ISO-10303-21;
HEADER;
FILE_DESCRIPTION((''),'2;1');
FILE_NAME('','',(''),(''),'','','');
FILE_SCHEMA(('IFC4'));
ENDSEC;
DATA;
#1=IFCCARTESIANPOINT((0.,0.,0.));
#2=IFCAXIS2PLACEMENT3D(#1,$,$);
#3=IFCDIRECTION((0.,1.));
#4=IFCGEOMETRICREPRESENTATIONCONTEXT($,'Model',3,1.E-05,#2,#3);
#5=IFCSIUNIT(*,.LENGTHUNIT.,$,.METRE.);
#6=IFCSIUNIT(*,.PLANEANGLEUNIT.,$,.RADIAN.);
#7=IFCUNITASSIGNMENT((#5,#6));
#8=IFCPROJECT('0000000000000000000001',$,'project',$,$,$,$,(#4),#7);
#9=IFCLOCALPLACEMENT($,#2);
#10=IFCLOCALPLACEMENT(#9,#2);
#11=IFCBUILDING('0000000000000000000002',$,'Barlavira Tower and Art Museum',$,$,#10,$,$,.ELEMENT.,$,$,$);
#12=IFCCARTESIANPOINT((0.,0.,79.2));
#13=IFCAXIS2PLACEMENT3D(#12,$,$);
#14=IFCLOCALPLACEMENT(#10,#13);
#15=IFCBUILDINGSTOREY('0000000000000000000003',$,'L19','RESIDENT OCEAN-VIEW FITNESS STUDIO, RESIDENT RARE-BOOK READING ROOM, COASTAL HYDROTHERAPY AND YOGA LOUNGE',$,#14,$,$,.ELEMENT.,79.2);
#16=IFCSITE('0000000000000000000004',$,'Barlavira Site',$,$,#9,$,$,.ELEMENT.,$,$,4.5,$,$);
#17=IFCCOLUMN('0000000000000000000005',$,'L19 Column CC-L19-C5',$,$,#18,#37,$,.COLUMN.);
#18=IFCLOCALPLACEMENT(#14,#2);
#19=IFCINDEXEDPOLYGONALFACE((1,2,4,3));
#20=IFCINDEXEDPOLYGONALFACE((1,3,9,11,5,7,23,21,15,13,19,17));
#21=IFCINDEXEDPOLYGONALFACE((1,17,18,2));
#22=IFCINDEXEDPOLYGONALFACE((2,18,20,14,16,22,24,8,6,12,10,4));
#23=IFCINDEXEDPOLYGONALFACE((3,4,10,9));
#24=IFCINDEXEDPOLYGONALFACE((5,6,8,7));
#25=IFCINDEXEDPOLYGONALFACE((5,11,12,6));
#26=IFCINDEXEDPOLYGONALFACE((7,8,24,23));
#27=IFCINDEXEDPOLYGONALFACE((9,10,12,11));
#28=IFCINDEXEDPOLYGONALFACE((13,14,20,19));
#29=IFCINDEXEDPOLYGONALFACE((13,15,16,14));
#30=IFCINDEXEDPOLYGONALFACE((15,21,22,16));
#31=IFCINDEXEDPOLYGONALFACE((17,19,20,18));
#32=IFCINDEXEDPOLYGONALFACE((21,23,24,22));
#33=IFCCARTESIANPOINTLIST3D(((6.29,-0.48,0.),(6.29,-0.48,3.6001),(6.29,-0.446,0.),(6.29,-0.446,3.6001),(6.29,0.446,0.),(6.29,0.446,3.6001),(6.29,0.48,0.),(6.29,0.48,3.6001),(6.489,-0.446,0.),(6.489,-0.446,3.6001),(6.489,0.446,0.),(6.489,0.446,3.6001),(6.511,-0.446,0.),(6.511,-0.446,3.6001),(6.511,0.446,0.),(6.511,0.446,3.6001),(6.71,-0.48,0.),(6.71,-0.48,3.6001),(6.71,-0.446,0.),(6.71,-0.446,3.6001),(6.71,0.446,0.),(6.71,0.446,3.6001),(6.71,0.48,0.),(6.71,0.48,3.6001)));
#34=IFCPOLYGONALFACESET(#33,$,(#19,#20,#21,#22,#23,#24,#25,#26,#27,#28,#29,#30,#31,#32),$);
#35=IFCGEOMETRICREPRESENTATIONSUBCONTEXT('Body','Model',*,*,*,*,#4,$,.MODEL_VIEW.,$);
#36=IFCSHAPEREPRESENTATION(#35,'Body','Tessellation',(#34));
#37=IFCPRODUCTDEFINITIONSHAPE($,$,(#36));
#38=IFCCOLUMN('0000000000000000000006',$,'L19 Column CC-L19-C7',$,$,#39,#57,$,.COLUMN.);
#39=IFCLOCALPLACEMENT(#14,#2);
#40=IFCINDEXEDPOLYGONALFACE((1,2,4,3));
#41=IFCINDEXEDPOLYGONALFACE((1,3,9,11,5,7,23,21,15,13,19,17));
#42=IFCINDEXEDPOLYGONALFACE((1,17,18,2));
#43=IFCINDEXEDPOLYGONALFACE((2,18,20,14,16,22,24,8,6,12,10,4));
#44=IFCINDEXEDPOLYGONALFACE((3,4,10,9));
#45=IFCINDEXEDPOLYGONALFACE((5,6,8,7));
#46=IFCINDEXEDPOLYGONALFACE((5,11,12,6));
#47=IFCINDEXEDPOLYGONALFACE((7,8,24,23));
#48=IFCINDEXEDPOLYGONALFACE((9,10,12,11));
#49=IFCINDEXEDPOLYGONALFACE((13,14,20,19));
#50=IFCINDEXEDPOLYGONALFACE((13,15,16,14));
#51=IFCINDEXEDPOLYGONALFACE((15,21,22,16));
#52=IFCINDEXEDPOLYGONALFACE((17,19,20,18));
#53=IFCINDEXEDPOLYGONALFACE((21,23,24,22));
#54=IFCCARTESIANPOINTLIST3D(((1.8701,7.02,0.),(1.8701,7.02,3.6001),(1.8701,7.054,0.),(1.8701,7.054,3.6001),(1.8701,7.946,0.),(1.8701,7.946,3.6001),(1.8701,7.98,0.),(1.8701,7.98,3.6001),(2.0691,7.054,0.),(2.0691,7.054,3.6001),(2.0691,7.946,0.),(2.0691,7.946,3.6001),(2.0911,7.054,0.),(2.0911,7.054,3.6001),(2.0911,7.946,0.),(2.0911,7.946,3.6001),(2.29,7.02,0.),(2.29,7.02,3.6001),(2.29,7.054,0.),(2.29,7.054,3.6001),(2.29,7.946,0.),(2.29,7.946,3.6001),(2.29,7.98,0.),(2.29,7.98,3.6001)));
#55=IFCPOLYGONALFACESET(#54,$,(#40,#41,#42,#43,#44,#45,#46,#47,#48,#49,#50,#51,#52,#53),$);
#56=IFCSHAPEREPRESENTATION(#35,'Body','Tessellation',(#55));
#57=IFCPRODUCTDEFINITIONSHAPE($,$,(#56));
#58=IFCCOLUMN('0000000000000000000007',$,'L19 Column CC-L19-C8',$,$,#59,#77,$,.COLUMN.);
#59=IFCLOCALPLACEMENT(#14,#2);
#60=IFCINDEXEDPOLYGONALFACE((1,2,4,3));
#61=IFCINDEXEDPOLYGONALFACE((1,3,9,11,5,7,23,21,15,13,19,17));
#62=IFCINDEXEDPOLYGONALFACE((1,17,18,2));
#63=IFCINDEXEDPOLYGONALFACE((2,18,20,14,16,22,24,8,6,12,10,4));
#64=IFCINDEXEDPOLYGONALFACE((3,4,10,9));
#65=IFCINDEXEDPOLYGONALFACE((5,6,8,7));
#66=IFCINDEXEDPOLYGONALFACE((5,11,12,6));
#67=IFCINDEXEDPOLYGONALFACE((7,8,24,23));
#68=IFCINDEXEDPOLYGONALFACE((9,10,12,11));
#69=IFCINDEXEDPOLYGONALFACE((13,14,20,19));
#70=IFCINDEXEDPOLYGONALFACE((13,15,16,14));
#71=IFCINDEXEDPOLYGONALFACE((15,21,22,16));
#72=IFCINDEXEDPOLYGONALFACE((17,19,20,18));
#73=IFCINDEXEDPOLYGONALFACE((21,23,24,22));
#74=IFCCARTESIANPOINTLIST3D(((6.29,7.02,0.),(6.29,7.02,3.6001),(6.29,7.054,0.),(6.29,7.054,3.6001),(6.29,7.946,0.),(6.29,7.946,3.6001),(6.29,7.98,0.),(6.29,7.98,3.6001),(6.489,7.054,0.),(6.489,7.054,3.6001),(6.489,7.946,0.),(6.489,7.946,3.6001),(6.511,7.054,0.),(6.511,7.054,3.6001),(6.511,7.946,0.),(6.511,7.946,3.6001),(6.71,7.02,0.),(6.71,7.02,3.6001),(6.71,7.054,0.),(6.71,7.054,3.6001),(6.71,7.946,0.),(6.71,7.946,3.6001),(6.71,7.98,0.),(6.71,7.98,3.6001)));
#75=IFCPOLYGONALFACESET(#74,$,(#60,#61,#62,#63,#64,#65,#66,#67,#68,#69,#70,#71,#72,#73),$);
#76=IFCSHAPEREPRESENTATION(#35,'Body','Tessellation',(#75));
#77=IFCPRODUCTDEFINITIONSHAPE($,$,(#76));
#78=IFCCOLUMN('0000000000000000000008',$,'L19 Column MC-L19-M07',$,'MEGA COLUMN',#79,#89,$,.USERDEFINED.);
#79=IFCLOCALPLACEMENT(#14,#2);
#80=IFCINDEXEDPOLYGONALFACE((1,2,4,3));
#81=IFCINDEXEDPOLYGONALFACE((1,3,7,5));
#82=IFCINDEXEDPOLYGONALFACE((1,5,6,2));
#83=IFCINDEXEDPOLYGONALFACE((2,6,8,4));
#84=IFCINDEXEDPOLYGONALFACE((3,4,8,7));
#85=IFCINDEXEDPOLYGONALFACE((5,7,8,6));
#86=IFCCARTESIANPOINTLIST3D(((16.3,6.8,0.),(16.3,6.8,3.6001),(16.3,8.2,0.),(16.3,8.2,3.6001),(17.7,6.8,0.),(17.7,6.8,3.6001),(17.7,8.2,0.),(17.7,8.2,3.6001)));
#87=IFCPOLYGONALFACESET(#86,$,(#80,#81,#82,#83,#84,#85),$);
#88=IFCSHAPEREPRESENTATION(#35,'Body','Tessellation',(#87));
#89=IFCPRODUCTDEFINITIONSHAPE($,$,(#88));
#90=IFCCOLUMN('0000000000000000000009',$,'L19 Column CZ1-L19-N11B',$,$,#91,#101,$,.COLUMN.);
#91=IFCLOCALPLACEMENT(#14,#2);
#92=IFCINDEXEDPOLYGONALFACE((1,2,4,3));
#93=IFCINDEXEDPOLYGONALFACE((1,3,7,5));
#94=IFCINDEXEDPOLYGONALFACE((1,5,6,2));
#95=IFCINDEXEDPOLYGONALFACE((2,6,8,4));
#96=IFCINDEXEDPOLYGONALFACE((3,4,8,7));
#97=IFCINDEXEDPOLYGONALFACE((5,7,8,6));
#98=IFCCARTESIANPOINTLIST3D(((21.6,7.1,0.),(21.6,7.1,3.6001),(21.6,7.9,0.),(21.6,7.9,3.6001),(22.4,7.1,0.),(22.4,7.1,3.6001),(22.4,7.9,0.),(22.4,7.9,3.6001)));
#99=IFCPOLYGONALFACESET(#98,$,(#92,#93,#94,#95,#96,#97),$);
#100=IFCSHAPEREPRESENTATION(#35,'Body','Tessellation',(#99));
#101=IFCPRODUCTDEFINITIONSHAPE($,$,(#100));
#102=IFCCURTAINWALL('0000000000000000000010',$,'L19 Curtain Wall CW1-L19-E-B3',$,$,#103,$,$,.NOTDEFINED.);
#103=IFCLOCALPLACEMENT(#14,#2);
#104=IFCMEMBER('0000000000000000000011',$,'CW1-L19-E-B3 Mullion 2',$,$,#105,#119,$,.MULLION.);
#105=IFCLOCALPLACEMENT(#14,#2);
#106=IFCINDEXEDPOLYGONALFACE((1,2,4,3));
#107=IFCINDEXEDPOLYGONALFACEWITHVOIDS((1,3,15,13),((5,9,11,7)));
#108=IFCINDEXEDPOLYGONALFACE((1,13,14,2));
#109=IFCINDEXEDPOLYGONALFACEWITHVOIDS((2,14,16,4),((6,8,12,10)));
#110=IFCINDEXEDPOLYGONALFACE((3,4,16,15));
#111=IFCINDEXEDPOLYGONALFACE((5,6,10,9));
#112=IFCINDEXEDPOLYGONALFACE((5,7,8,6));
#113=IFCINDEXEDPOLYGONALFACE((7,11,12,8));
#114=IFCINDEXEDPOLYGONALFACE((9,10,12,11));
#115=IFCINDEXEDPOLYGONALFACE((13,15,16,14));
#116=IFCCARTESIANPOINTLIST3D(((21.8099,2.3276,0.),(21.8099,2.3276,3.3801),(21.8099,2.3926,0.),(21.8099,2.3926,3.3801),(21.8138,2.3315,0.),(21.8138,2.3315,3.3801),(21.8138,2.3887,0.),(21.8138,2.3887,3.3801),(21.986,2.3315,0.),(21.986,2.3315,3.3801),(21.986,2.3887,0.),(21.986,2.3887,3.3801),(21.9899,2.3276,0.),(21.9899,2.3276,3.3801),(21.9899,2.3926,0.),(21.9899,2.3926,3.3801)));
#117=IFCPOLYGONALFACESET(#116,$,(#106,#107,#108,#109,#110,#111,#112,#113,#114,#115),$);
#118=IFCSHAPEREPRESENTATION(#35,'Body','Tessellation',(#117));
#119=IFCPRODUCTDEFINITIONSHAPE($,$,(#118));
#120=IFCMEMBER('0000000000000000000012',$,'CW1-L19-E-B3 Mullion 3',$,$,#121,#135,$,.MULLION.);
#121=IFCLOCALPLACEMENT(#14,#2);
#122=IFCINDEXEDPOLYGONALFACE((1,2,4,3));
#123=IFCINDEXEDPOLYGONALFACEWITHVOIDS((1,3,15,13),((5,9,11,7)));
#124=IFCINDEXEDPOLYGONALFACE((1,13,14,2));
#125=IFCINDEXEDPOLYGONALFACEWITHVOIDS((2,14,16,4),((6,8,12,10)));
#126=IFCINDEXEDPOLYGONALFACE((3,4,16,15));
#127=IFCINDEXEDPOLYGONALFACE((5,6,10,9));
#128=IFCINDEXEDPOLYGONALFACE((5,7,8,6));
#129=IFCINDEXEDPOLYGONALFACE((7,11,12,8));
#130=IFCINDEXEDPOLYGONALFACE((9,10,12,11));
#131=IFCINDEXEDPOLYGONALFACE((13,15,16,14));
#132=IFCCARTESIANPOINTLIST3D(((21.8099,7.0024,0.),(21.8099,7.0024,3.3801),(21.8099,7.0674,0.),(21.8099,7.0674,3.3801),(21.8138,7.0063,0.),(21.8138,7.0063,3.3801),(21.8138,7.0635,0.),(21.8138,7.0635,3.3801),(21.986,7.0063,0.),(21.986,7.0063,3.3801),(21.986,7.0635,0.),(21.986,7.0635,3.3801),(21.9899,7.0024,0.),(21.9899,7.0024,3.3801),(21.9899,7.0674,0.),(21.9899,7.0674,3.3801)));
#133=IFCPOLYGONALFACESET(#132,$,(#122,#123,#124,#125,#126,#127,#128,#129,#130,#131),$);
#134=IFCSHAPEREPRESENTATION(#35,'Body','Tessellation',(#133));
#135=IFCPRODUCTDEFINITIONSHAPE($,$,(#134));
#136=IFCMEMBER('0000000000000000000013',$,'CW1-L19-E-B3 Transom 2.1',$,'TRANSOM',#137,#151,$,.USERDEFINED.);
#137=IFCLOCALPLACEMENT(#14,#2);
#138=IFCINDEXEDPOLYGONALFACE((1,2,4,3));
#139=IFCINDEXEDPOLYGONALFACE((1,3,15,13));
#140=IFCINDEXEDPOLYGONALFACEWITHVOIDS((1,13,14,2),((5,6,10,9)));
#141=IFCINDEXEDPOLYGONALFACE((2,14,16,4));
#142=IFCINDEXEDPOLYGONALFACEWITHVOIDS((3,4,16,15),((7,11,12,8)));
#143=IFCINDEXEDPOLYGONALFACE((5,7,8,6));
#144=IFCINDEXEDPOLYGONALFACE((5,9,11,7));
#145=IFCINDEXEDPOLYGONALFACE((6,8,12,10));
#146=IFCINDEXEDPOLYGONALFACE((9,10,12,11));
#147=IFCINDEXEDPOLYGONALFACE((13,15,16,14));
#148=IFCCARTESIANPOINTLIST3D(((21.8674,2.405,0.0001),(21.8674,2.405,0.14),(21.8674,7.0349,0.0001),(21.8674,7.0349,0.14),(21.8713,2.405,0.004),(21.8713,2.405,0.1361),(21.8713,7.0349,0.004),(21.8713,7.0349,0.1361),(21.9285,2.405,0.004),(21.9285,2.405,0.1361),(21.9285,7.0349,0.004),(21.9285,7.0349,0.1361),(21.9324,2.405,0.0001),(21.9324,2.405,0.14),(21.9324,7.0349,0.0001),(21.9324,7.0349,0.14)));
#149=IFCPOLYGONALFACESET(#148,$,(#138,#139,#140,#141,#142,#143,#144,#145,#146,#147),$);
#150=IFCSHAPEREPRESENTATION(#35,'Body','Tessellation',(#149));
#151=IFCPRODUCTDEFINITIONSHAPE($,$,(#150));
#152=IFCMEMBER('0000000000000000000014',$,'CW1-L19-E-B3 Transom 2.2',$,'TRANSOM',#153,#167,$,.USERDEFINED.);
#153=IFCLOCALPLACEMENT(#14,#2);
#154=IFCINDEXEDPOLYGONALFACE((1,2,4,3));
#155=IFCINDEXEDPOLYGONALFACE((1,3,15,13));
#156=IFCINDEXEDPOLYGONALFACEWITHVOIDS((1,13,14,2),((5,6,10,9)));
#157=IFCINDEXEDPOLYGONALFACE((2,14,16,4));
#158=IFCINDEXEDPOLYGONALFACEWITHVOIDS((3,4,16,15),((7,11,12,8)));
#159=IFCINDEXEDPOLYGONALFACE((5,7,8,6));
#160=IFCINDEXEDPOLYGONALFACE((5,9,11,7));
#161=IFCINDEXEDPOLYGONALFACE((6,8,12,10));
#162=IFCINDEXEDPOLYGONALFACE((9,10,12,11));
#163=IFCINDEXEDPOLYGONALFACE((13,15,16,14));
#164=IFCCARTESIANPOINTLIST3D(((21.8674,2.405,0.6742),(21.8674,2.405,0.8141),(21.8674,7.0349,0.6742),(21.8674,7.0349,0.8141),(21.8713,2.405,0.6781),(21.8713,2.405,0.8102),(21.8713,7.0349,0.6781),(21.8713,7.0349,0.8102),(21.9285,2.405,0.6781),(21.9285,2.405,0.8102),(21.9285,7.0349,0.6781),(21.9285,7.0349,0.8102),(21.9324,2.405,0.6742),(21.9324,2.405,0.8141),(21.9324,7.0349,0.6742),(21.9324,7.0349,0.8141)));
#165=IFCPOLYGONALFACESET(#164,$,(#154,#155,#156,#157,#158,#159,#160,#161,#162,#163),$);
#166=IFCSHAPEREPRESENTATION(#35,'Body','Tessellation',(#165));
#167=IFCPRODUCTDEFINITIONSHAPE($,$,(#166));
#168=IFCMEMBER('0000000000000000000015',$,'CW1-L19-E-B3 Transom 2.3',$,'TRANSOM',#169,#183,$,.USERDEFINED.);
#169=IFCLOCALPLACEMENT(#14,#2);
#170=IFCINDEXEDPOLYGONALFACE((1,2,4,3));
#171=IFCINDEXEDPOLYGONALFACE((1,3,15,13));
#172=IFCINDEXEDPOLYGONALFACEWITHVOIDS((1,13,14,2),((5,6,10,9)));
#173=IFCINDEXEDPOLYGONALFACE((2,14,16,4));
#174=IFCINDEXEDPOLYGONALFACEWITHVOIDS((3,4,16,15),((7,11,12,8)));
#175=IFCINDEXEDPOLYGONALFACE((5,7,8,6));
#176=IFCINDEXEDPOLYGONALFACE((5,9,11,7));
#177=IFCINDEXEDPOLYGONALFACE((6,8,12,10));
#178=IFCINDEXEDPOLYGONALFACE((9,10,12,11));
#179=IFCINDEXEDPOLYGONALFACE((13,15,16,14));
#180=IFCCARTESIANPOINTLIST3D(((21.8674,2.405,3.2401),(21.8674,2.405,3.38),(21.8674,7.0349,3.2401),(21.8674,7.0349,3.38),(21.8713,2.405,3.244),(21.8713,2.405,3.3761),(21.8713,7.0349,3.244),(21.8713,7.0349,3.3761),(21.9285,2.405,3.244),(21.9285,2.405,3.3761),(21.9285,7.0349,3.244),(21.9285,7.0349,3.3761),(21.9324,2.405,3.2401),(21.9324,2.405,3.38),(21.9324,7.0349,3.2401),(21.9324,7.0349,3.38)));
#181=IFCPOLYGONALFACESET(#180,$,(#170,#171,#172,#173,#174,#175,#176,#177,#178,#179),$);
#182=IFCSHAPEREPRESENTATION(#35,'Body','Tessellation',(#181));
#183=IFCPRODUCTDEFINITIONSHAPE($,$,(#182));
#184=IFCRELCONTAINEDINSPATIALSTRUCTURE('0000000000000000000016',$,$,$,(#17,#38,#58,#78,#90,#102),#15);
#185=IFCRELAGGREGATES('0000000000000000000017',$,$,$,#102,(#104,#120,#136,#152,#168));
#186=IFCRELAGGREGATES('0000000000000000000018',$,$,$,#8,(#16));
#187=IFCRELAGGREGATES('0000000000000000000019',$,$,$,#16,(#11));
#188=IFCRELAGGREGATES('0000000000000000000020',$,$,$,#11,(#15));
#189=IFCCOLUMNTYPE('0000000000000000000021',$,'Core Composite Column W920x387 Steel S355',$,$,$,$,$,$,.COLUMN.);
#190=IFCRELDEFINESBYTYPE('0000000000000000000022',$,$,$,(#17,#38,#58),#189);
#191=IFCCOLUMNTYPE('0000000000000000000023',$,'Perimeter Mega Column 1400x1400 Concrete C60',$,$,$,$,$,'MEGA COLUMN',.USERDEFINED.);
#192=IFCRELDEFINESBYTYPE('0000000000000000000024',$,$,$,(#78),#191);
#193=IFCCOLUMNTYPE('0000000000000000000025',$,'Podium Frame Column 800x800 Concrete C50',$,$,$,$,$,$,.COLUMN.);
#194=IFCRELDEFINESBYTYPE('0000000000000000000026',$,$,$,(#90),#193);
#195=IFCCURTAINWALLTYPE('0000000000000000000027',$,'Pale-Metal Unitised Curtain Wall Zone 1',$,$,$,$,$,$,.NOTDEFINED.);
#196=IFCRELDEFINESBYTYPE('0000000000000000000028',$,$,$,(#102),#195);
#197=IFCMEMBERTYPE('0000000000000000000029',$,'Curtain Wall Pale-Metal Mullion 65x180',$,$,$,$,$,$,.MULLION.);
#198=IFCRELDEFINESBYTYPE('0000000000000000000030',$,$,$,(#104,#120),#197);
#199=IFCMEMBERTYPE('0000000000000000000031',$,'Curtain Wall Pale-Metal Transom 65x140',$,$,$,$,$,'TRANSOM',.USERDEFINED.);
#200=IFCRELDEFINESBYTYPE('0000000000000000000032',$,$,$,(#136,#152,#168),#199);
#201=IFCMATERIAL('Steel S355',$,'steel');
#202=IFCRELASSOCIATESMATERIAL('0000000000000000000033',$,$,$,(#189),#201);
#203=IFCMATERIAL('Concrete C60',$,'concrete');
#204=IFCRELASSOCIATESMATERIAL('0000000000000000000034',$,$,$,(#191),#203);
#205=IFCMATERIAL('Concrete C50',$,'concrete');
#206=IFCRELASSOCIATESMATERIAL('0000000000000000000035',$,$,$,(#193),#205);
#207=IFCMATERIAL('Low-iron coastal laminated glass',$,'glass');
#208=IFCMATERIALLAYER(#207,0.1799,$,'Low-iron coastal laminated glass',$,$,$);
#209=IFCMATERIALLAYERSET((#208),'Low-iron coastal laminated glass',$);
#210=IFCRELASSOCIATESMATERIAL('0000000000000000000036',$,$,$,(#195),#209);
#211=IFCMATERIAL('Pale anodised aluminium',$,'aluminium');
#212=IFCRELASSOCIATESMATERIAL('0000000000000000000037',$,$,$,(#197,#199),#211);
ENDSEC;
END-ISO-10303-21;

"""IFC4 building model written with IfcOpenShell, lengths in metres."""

from ifc_helpers import new_model, si_unit, direction, frame, origin, origin_2d, place, context, subcontext, project, spatial, rectangle, hollow_rectangle, i_section, extrude, material, layer, layer_set, material_profile, profile_set, type_object, element, aggregate, save


model = new_model("IFC4")

# Units and contexts
model_context = context("Model", 3, precision=1e-05, world=origin(), true_north=direction((0.0, 1.0)))
body_context = subcontext(model_context, "Body", "Model", "MODEL_VIEW")
ifc_project = project(units=[si_unit("LENGTHUNIT", "METRE"), si_unit("PLANEANGLEUNIT", "RADIAN")], contexts=[model_context])

# Site, building, storey
site_placement = place(None, origin())
site = spatial("IfcSite", under=ifc_project, at=site_placement, Name="Barlavira Site", CompositionType="ELEMENT", RefElevation=4.5)
building_placement = place(site_placement, origin())
building = spatial("IfcBuilding", under=site, at=building_placement, Name="Barlavira Tower and Art Museum", CompositionType="ELEMENT")
storey_placement = place(building_placement, frame((0.0, 0.0, 79.2)))
storey = spatial("IfcBuildingStorey", under=building, at=storey_placement, Name="L19", Description="RESIDENT OCEAN-VIEW FITNESS STUDIO, RESIDENT RARE-BOOK READING ROOM, COASTAL HYDROTHERAPY AND YOGA LOUNGE", CompositionType="ELEMENT", Elevation=79.2)

# Columns
ifc_material_1 = material(Name="Steel S355", Category="steel")
ifc_material_profile_1 = material_profile(ifc_material_1, i_section(OverallWidth=0.4199, OverallDepth=0.96, WebThickness=0.022, FlangeThickness=0.0339, at=origin_2d()), Name="W920x387.0")
ifc_profile_set_1 = profile_set([ifc_material_profile_1], Name="Steel S355")
column_type_1 = type_object("IfcColumnType", Name="Core Composite Column W920x387 Steel S355", PredefinedType="COLUMN", material=ifc_profile_set_1)
for number, where, z_axis, x_axis, name in (
    (1, (6.5, 0.0, 0.0), (0.0, 0.0, 1.0), (1.0, 0.0, 0.0), "L19 Column CC-L19-C5"),
    (2, (2.0801, 7.5, 0.0), (0.0, 0.0, 1.0), (1.0, 0.0, 0.0), "L19 Column CC-L19-C7"),
    (3, (6.5, 7.5, 0.0), (0.0, 0.0, 1.0), (1.0, 0.0, 0.0), "L19 Column CC-L19-C8"),
):
    element("IfcColumn", number, at=place(storey_placement, frame(where, z_axis=z_axis, x_axis=x_axis)), inside=storey, type_object=column_type_1, Name=name, PredefinedType="COLUMN", context=body_context, shape_type="SweptSolid", body=[
        extrude(i_section(OverallWidth=0.4199, OverallDepth=0.96, WebThickness=0.022, FlangeThickness=0.0339, at=origin_2d()), origin(), (0.0, 0.0, 1.0), 3.6001),
    ])
ifc_material_2 = material(Name="Concrete C60", Category="concrete")
ifc_material_profile_2 = material_profile(ifc_material_2, rectangle(XDim=1.3999, YDim=1.3999, at=origin_2d()), Name="RC-MCOL 1400x1400")
ifc_profile_set_2 = profile_set([ifc_material_profile_2], Name="Concrete C60")
column_type_2 = type_object("IfcColumnType", Name="Perimeter Mega Column 1400x1400 Concrete C60", ElementType="MEGA COLUMN", PredefinedType="USERDEFINED", material=ifc_profile_set_2)
column_1_placement = place(storey_placement, frame((17.0, 7.5, 0.0), z_axis=(0.0, 0.0, 1.0), x_axis=(1.0, 0.0, 0.0)))
element("IfcColumn", 4, at=column_1_placement, inside=storey, type_object=column_type_2, Name="L19 Column MC-L19-M07", ObjectType="MEGA COLUMN", PredefinedType="USERDEFINED", context=body_context, shape_type="SweptSolid", body=[
    extrude(rectangle(XDim=1.3999, YDim=1.3999, at=origin_2d()), origin(), (0.0, 0.0, 1.0), 3.6001),
])
ifc_material_3 = material(Name="Concrete C50", Category="concrete")
ifc_material_profile_3 = material_profile(ifc_material_3, rectangle(XDim=0.8, YDim=0.8, at=origin_2d()), Name="RC-COL 800x800")
ifc_profile_set_3 = profile_set([ifc_material_profile_3], Name="Concrete C50")
column_type_3 = type_object("IfcColumnType", Name="Podium Frame Column 800x800 Concrete C50", PredefinedType="COLUMN", material=ifc_profile_set_3)
column_2_placement = place(storey_placement, frame((22.0, 7.5, 0.0), z_axis=(0.0, 0.0, 1.0), x_axis=(1.0, 0.0, 0.0)))
element("IfcColumn", 5, at=column_2_placement, inside=storey, type_object=column_type_3, Name="L19 Column CZ1-L19-N11B", PredefinedType="COLUMN", context=body_context, shape_type="SweptSolid", body=[
    extrude(rectangle(XDim=0.8, YDim=0.8, at=origin_2d()), origin(), (0.0, 0.0, 1.0), 3.6001),
])

# Curtain wall, members
ifc_material_4 = material(Name="Low-iron coastal laminated glass", Category="glass")
ifc_layer_1 = layer(ifc_material_4, 0.1799, Name="Low-iron coastal laminated glass")
ifc_layer_set_1 = layer_set([ifc_layer_1], Name="Low-iron coastal laminated glass")
curtain_wall_type = type_object("IfcCurtainWallType", Name="Pale-Metal Unitised Curtain Wall Zone 1", PredefinedType="NOTDEFINED", material=ifc_layer_set_1)
curtain_wall_placement = place(storey_placement, origin())
curtain_wall = element("IfcCurtainWall", 6, at=curtain_wall_placement, inside=storey, type_object=curtain_wall_type, Name="L19 Curtain Wall CW1-L19-E-B3", PredefinedType="NOTDEFINED")
ifc_material_5 = material(Name="Pale anodised aluminium", Category="aluminium")
ifc_material_profile_4 = material_profile(ifc_material_5, hollow_rectangle(XDim=0.0649, YDim=0.1799, WallThickness=0.0039, at=origin_2d()), Name="ALU-MULL 65x180x4")
ifc_profile_set_4 = profile_set([ifc_material_profile_4], Name="Pale anodised aluminium")
member_type_1 = type_object("IfcMemberType", Name="Curtain Wall Pale-Metal Mullion 65x180", PredefinedType="MULLION", material=ifc_profile_set_4)
member_1_placement = place(storey_placement, frame((21.8999, 2.3601, 0.0), z_axis=(0.0, 0.0, 1.0), x_axis=(0.0, 1.0, 0.0)))
member_1 = element("IfcMember", 7, at=member_1_placement, type_object=member_type_1, Name="CW1-L19-E-B3 Mullion 2", PredefinedType="MULLION", context=body_context, shape_type="SweptSolid", body=[
    extrude(hollow_rectangle(XDim=0.0649, YDim=0.1799, WallThickness=0.0039, at=origin_2d()), origin(), (0.0, 0.0, 1.0), 3.3801),
])
member_2_placement = place(storey_placement, frame((21.8999, 7.0349, 0.0), z_axis=(0.0, 0.0, 1.0), x_axis=(0.0, 1.0, 0.0)))
member_2 = element("IfcMember", 8, at=member_2_placement, type_object=member_type_1, Name="CW1-L19-E-B3 Mullion 3", PredefinedType="MULLION", context=body_context, shape_type="SweptSolid", body=[
    extrude(hollow_rectangle(XDim=0.0649, YDim=0.1799, WallThickness=0.0039, at=origin_2d()), origin(), (0.0, 0.0, 1.0), 3.3801),
])
ifc_material_profile_5 = material_profile(ifc_material_5, hollow_rectangle(XDim=0.0649, YDim=0.1399, WallThickness=0.0039, at=origin_2d()), Name="ALU-TRAN 65x140x4")
ifc_profile_set_5 = profile_set([ifc_material_profile_5], Name="Pale anodised aluminium")
member_type_2 = type_object("IfcMemberType", Name="Curtain Wall Pale-Metal Transom 65x140", ElementType="TRANSOM", PredefinedType="USERDEFINED", material=ifc_profile_set_5)
member_3_placement = place(storey_placement, frame((21.8999, 2.405, 0.0701), z_axis=(0.0, 1.0, 0.0), x_axis=(-1.0, 0.0, 0.0)))
member_3 = element("IfcMember", 9, at=member_3_placement, type_object=member_type_2, Name="CW1-L19-E-B3 Transom 2.1", ObjectType="TRANSOM", PredefinedType="USERDEFINED", context=body_context, shape_type="SweptSolid", body=[
    extrude(hollow_rectangle(XDim=0.0649, YDim=0.1399, WallThickness=0.0039, at=origin_2d()), origin(), (0.0, 0.0, 1.0), 4.6299),
])
member_4_placement = place(storey_placement, frame((21.8999, 2.405, 0.7441), z_axis=(0.0, 1.0, 0.0), x_axis=(-1.0, 0.0, 0.0)))
member_4 = element("IfcMember", 10, at=member_4_placement, type_object=member_type_2, Name="CW1-L19-E-B3 Transom 2.2", ObjectType="TRANSOM", PredefinedType="USERDEFINED", context=body_context, shape_type="SweptSolid", body=[
    extrude(hollow_rectangle(XDim=0.0649, YDim=0.1399, WallThickness=0.0039, at=origin_2d()), origin(), (0.0, 0.0, 1.0), 4.6299),
])
member_5_placement = place(storey_placement, frame((21.8999, 2.405, 3.3101), z_axis=(0.0, 1.0, 0.0), x_axis=(-1.0, 0.0, 0.0)))
member_5 = element("IfcMember", 11, at=member_5_placement, type_object=member_type_2, Name="CW1-L19-E-B3 Transom 2.3", ObjectType="TRANSOM", PredefinedType="USERDEFINED", context=body_context, shape_type="SweptSolid", body=[
    extrude(hollow_rectangle(XDim=0.0649, YDim=0.1399, WallThickness=0.0039, at=origin_2d()), origin(), (0.0, 0.0, 1.0), 4.6299),
])

aggregate(curtain_wall, [member_1, member_2, member_3, member_4, member_5])

save(model, "model.ifc")
